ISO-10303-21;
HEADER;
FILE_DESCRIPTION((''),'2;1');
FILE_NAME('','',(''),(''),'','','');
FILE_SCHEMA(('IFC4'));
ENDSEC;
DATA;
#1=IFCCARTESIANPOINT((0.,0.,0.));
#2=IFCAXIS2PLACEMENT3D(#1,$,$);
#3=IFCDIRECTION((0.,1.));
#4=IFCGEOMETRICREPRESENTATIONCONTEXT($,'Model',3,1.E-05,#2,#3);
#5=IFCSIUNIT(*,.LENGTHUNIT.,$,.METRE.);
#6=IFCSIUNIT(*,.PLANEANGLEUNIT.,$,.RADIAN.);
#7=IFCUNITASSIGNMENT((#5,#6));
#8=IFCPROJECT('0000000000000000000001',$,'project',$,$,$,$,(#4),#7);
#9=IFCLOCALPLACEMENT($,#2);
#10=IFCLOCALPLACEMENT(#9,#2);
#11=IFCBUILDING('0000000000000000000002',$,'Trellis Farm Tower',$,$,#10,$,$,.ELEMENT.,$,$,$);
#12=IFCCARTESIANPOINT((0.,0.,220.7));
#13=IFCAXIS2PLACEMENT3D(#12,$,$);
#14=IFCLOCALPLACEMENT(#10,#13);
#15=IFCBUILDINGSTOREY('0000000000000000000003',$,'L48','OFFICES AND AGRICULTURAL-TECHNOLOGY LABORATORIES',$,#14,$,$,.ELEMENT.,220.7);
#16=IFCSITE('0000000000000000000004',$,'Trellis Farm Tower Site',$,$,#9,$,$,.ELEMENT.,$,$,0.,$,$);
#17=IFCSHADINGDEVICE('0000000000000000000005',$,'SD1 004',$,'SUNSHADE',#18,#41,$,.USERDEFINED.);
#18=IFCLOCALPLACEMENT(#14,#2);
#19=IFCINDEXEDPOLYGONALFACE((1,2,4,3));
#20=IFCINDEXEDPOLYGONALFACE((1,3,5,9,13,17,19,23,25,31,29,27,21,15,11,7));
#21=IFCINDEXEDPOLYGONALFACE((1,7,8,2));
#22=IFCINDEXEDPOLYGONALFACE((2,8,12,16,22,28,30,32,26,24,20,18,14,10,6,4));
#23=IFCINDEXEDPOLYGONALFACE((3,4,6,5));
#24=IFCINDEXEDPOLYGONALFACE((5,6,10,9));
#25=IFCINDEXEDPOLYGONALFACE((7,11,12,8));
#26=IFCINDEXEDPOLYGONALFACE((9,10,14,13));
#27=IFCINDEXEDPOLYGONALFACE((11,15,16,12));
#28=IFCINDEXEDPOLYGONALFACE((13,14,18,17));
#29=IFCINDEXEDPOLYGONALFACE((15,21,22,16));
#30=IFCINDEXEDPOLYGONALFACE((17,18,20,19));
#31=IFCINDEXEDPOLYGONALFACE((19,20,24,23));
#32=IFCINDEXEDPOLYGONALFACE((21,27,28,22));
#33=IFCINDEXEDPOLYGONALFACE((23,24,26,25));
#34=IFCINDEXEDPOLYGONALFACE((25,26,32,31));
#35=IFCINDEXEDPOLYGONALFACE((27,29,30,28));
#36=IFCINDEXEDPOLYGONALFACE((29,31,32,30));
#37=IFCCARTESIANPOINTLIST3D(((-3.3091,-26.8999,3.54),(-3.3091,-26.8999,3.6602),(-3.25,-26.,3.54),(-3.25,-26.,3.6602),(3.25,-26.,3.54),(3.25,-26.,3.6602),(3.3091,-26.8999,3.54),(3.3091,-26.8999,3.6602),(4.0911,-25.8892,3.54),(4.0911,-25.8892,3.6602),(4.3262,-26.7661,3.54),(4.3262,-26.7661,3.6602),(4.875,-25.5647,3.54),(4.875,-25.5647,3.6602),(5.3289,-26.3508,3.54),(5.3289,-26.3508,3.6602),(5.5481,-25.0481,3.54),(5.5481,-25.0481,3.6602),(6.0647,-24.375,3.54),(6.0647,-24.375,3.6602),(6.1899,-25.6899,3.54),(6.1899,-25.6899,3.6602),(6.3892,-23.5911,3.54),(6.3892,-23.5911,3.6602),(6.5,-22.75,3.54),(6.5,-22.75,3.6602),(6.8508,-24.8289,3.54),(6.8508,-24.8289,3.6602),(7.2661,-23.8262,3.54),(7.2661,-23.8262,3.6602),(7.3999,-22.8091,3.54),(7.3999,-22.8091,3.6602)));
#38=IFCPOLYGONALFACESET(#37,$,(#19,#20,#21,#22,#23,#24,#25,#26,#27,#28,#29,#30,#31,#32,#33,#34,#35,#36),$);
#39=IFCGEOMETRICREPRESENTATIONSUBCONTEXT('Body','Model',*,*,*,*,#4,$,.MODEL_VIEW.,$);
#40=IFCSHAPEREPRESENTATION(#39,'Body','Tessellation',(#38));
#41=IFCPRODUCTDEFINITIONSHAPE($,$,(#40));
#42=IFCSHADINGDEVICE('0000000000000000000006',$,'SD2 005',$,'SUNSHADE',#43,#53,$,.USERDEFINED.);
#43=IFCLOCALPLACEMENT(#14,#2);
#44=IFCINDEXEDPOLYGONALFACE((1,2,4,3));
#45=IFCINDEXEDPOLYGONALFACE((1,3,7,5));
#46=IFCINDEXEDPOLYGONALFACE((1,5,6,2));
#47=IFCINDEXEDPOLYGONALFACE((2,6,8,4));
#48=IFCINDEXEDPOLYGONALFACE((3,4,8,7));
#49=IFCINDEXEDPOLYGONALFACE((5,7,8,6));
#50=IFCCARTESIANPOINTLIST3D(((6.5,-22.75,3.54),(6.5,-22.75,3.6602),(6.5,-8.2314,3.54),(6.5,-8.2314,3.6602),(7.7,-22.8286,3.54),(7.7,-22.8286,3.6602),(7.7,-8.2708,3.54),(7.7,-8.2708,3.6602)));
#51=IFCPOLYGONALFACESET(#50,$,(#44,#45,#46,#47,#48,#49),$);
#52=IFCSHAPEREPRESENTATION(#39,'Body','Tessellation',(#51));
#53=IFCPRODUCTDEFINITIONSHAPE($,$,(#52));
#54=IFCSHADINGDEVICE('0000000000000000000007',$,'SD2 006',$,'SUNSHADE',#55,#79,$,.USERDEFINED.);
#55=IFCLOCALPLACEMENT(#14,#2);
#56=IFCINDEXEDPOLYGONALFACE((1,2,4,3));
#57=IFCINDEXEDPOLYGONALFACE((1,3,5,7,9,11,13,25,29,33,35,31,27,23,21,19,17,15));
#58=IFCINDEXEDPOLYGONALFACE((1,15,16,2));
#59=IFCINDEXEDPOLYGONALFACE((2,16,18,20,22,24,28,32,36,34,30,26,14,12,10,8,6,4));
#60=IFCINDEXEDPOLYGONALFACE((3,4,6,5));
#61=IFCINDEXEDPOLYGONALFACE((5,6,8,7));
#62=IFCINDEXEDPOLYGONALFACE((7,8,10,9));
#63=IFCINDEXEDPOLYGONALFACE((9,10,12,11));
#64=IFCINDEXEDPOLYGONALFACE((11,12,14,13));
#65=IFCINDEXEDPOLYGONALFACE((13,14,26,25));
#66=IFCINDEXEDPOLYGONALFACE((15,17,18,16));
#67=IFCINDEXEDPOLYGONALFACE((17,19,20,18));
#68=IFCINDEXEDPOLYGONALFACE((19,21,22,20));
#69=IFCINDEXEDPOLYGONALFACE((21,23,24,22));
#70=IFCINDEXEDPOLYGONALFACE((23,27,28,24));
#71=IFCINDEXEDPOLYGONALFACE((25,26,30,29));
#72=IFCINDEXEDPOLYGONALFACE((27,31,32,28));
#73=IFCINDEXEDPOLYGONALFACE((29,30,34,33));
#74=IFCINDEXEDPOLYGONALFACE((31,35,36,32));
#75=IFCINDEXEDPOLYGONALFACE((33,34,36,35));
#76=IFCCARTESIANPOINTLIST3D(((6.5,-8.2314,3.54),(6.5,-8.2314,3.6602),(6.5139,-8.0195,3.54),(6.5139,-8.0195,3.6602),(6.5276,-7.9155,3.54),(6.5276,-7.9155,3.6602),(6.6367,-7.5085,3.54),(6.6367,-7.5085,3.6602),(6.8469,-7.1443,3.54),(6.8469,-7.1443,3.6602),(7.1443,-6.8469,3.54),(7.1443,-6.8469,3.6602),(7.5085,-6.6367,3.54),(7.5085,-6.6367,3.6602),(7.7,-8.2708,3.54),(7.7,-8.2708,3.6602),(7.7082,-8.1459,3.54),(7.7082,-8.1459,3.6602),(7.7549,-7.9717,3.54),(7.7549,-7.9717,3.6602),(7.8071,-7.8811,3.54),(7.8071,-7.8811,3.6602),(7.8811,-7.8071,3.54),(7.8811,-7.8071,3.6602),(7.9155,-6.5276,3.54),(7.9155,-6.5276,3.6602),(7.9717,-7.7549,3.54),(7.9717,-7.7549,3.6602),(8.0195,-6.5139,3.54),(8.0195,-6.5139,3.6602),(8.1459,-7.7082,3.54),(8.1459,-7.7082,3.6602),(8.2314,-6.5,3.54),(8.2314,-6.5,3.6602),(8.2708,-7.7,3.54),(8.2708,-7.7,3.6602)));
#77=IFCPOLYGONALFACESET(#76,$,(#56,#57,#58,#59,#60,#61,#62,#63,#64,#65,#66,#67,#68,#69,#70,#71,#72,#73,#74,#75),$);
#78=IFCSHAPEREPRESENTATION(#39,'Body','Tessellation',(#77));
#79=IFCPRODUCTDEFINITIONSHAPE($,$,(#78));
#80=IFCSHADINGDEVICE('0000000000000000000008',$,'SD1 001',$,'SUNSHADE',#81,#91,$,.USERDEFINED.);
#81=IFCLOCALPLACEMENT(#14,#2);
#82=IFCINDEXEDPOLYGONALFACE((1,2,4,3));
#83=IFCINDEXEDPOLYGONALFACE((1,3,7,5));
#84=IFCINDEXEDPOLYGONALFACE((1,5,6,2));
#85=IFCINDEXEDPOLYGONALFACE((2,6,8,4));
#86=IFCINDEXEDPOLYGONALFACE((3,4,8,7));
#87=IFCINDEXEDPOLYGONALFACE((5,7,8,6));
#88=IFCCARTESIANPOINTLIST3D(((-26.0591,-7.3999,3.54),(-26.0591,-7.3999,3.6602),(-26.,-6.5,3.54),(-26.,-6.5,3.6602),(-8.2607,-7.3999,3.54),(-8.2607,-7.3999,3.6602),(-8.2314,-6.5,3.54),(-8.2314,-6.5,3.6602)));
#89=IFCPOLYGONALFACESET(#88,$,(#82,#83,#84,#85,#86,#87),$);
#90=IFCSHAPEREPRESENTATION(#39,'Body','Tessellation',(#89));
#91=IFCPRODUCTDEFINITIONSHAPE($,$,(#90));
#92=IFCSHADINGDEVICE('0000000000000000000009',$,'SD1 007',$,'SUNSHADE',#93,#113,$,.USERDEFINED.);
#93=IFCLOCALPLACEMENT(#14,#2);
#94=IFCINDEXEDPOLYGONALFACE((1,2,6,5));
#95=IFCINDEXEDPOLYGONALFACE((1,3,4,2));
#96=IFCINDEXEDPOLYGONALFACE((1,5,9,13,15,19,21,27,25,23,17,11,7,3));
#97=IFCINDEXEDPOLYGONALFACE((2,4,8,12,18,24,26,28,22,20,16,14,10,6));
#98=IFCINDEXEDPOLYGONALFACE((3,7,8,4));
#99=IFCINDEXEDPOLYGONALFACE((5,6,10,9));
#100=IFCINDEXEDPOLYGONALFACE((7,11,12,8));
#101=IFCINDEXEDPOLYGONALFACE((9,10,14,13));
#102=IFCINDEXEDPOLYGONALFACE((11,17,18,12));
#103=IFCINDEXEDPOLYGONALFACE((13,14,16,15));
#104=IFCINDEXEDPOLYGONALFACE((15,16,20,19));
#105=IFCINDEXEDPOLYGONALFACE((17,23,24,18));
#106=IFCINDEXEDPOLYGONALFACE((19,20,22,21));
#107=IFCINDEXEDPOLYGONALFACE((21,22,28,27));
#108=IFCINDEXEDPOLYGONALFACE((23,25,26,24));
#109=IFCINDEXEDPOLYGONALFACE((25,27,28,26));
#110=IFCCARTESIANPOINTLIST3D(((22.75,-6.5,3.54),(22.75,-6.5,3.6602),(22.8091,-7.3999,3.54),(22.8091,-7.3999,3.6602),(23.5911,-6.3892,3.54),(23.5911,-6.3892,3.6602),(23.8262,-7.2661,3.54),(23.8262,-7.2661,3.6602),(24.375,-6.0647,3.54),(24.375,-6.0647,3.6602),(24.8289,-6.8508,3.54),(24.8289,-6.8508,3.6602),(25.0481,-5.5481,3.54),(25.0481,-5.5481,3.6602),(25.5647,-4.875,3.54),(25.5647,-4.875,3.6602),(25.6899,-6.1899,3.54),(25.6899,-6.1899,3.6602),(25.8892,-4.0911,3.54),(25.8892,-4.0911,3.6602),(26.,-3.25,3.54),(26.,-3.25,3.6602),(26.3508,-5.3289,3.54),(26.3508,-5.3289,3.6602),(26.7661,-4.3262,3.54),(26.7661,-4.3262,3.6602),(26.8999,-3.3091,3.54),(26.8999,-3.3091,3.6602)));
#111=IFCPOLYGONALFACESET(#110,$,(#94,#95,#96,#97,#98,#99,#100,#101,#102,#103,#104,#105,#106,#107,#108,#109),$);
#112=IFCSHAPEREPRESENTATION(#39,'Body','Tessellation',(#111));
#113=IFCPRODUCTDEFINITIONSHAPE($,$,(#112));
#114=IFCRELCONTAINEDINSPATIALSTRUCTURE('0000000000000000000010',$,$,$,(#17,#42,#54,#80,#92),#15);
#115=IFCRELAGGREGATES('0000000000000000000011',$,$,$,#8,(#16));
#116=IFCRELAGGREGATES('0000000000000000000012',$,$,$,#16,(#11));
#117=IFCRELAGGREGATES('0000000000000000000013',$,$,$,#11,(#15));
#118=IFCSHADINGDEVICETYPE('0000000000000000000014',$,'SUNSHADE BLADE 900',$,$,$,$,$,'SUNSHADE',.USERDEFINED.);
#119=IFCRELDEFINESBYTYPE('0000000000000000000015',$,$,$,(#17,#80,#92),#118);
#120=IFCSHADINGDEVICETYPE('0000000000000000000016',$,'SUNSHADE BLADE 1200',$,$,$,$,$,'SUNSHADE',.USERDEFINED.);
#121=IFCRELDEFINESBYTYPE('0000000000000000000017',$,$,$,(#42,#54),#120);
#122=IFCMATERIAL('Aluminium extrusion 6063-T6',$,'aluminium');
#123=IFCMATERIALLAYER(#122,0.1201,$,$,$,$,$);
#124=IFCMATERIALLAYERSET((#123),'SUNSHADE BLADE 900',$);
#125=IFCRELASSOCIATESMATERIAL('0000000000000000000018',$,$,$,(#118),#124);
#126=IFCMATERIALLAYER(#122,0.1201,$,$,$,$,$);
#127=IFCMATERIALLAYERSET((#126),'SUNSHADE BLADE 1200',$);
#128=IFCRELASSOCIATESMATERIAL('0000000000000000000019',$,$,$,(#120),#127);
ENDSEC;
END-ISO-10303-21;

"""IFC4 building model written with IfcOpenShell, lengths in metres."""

from ifc_helpers import new_model, si_unit, direction, frame, origin, place, context, subcontext, project, spatial, polyline, outline, extrude, source, transform, mapped, material, layer, layer_set, type_object, element, save


model = new_model("IFC4")

# Units and contexts
model_context = context("Model", 3, precision=1e-05, world=origin(), true_north=direction((0.0, 1.0)))
body_context = subcontext(model_context, "Body", "Model", "MODEL_VIEW")
ifc_project = project(units=[si_unit("LENGTHUNIT", "METRE"), si_unit("PLANEANGLEUNIT", "RADIAN")], contexts=[model_context])

# Site, building, storey
site_placement = place(None, origin())
site = spatial("IfcSite", under=ifc_project, at=site_placement, Name="Trellis Farm Tower Site", CompositionType="ELEMENT", RefElevation=0.0)
building_placement = place(site_placement, origin())
building = spatial("IfcBuilding", under=site, at=building_placement, Name="Trellis Farm Tower", CompositionType="ELEMENT")
storey_placement = place(building_placement, frame((0.0, 0.0, 220.7)))
storey = spatial("IfcBuildingStorey", under=building, at=storey_placement, Name="L48", Description="OFFICES AND AGRICULTURAL-TECHNOLOGY LABORATORIES", CompositionType="ELEMENT", Elevation=220.7)

# Shared definitions
ifc_material_1 = material(Name="Aluminium extrusion 6063-T6", Category="aluminium")

# Shading devices
ifc_layer_1 = layer(ifc_material_1, 0.1201)
ifc_layer_set_1 = layer_set([ifc_layer_1], Name="SUNSHADE BLADE 900")
shading_device_type_1 = type_object("IfcShadingDeviceType", Name="SUNSHADE BLADE 900", ElementType="SUNSHADE", PredefinedType="USERDEFINED", material=ifc_layer_set_1)
placement_1 = place(storey_placement, frame((0.0, 0.0, 3.54)))
ifc_layer_2 = layer(ifc_material_1, 0.1201)
ifc_layer_set_2 = layer_set([ifc_layer_2], Name="SUNSHADE BLADE 1200")
shading_device_type_2 = type_object("IfcShadingDeviceType", Name="SUNSHADE BLADE 1200", ElementType="SUNSHADE", PredefinedType="USERDEFINED", material=ifc_layer_set_2)
shared_shape_1 = source(origin(), body_context, "Body", "SweptSolid", [
    extrude(outline(polyline([(-3.3091, -26.8999), (3.3091, -26.8999), (4.3262, -26.7661), (5.3289, -26.3508), (6.1899, -25.6899), (6.8508, -24.8289), (7.2661, -23.8262), (7.3999, -22.8091), (6.5, -22.75), (6.3892, -23.5911), (6.0647, -24.375), (5.5481, -25.0481), (4.875, -25.5647), (4.0911, -25.8892), (3.25, -26.0), (-3.25, -26.0), (-3.3091, -26.8999)])), origin(), (0.0, 0.0, 1.0), 0.1201),
])
element("IfcShadingDevice", 1, at=placement_1, inside=storey, type_object=shading_device_type_1, Name="SD1 004", ObjectType="SUNSHADE", PredefinedType="USERDEFINED", context=body_context, shape_type="MappedRepresentation", body=[
    mapped(shared_shape_1, transform((0.0, 0.0, 0.0))),
])
shared_shape_2 = source(origin(), body_context, "Body", "SweptSolid", [
    extrude(outline(polyline([(7.7, -22.8286), (7.7, -8.2708), (6.5, -8.2314), (6.5, -22.75), (7.7, -22.8286)])), origin(), (0.0, 0.0, 1.0), 0.1201),
])
element("IfcShadingDevice", 2, at=placement_1, inside=storey, type_object=shading_device_type_2, Name="SD2 005", ObjectType="SUNSHADE", PredefinedType="USERDEFINED", context=body_context, shape_type="MappedRepresentation", body=[
    mapped(shared_shape_2, transform((0.0, 0.0, 0.0))),
])
shared_shape_3 = source(origin(), body_context, "Body", "SweptSolid", [
    extrude(outline(polyline([(7.7, -8.2708), (7.7087, -8.1372), (7.707, -8.1501), (7.7549, -7.9717), (7.8071, -7.8811), (7.8811, -7.8071), (7.9717, -7.7549), (8.1501, -7.707), (8.1372, -7.7087), (8.2708, -7.7), (8.2314, -6.5), (8.0195, -6.5139), (7.9155, -6.5276), (7.5085, -6.6367), (7.1443, -6.8469), (6.8469, -7.1443), (6.6367, -7.5085), (6.5276, -7.9155), (6.5139, -8.0195), (6.5, -8.2314), (7.7, -8.2708)])), origin(), (0.0, 0.0, 1.0), 0.1201),
])
element("IfcShadingDevice", 3, at=placement_1, inside=storey, type_object=shading_device_type_2, Name="SD2 006", ObjectType="SUNSHADE", PredefinedType="USERDEFINED", context=body_context, shape_type="MappedRepresentation", body=[
    mapped(shared_shape_3, transform((0.0, 0.0, 0.0))),
])
shared_shape_4 = source(origin(), body_context, "Body", "SweptSolid", [
    extrude(outline(polyline([(-26.0591, -7.3999), (-8.2607, -7.3999), (-8.2314, -6.5), (-26.0, -6.5), (-26.0591, -7.3999)])), origin(), (0.0, 0.0, 1.0), 0.1201),
])
element("IfcShadingDevice", 4, at=placement_1, inside=storey, type_object=shading_device_type_1, Name="SD1 001", ObjectType="SUNSHADE", PredefinedType="USERDEFINED", context=body_context, shape_type="MappedRepresentation", body=[
    mapped(shared_shape_4, transform((0.0, 0.0, 0.0))),
])
shared_shape_5 = source(origin(), body_context, "Body", "SweptSolid", [
    extrude(outline(polyline([(22.8091, -7.3999), (23.8262, -7.2661), (24.8289, -6.8508), (25.6899, -6.1899), (26.3508, -5.3289), (26.7661, -4.3262), (26.8999, -3.3091), (26.0, -3.25), (25.8892, -4.0911), (25.5647, -4.875), (25.0481, -5.5481), (24.375, -6.0647), (23.5911, -6.3892), (22.75, -6.5), (22.8091, -7.3999)])), origin(), (0.0, 0.0, 1.0), 0.1201),
])
element("IfcShadingDevice", 5, at=placement_1, inside=storey, type_object=shading_device_type_1, Name="SD1 007", ObjectType="SUNSHADE", PredefinedType="USERDEFINED", context=body_context, shape_type="MappedRepresentation", body=[
    mapped(shared_shape_5, transform((0.0, 0.0, 0.0))),
])

save(model, "model.ifc")
